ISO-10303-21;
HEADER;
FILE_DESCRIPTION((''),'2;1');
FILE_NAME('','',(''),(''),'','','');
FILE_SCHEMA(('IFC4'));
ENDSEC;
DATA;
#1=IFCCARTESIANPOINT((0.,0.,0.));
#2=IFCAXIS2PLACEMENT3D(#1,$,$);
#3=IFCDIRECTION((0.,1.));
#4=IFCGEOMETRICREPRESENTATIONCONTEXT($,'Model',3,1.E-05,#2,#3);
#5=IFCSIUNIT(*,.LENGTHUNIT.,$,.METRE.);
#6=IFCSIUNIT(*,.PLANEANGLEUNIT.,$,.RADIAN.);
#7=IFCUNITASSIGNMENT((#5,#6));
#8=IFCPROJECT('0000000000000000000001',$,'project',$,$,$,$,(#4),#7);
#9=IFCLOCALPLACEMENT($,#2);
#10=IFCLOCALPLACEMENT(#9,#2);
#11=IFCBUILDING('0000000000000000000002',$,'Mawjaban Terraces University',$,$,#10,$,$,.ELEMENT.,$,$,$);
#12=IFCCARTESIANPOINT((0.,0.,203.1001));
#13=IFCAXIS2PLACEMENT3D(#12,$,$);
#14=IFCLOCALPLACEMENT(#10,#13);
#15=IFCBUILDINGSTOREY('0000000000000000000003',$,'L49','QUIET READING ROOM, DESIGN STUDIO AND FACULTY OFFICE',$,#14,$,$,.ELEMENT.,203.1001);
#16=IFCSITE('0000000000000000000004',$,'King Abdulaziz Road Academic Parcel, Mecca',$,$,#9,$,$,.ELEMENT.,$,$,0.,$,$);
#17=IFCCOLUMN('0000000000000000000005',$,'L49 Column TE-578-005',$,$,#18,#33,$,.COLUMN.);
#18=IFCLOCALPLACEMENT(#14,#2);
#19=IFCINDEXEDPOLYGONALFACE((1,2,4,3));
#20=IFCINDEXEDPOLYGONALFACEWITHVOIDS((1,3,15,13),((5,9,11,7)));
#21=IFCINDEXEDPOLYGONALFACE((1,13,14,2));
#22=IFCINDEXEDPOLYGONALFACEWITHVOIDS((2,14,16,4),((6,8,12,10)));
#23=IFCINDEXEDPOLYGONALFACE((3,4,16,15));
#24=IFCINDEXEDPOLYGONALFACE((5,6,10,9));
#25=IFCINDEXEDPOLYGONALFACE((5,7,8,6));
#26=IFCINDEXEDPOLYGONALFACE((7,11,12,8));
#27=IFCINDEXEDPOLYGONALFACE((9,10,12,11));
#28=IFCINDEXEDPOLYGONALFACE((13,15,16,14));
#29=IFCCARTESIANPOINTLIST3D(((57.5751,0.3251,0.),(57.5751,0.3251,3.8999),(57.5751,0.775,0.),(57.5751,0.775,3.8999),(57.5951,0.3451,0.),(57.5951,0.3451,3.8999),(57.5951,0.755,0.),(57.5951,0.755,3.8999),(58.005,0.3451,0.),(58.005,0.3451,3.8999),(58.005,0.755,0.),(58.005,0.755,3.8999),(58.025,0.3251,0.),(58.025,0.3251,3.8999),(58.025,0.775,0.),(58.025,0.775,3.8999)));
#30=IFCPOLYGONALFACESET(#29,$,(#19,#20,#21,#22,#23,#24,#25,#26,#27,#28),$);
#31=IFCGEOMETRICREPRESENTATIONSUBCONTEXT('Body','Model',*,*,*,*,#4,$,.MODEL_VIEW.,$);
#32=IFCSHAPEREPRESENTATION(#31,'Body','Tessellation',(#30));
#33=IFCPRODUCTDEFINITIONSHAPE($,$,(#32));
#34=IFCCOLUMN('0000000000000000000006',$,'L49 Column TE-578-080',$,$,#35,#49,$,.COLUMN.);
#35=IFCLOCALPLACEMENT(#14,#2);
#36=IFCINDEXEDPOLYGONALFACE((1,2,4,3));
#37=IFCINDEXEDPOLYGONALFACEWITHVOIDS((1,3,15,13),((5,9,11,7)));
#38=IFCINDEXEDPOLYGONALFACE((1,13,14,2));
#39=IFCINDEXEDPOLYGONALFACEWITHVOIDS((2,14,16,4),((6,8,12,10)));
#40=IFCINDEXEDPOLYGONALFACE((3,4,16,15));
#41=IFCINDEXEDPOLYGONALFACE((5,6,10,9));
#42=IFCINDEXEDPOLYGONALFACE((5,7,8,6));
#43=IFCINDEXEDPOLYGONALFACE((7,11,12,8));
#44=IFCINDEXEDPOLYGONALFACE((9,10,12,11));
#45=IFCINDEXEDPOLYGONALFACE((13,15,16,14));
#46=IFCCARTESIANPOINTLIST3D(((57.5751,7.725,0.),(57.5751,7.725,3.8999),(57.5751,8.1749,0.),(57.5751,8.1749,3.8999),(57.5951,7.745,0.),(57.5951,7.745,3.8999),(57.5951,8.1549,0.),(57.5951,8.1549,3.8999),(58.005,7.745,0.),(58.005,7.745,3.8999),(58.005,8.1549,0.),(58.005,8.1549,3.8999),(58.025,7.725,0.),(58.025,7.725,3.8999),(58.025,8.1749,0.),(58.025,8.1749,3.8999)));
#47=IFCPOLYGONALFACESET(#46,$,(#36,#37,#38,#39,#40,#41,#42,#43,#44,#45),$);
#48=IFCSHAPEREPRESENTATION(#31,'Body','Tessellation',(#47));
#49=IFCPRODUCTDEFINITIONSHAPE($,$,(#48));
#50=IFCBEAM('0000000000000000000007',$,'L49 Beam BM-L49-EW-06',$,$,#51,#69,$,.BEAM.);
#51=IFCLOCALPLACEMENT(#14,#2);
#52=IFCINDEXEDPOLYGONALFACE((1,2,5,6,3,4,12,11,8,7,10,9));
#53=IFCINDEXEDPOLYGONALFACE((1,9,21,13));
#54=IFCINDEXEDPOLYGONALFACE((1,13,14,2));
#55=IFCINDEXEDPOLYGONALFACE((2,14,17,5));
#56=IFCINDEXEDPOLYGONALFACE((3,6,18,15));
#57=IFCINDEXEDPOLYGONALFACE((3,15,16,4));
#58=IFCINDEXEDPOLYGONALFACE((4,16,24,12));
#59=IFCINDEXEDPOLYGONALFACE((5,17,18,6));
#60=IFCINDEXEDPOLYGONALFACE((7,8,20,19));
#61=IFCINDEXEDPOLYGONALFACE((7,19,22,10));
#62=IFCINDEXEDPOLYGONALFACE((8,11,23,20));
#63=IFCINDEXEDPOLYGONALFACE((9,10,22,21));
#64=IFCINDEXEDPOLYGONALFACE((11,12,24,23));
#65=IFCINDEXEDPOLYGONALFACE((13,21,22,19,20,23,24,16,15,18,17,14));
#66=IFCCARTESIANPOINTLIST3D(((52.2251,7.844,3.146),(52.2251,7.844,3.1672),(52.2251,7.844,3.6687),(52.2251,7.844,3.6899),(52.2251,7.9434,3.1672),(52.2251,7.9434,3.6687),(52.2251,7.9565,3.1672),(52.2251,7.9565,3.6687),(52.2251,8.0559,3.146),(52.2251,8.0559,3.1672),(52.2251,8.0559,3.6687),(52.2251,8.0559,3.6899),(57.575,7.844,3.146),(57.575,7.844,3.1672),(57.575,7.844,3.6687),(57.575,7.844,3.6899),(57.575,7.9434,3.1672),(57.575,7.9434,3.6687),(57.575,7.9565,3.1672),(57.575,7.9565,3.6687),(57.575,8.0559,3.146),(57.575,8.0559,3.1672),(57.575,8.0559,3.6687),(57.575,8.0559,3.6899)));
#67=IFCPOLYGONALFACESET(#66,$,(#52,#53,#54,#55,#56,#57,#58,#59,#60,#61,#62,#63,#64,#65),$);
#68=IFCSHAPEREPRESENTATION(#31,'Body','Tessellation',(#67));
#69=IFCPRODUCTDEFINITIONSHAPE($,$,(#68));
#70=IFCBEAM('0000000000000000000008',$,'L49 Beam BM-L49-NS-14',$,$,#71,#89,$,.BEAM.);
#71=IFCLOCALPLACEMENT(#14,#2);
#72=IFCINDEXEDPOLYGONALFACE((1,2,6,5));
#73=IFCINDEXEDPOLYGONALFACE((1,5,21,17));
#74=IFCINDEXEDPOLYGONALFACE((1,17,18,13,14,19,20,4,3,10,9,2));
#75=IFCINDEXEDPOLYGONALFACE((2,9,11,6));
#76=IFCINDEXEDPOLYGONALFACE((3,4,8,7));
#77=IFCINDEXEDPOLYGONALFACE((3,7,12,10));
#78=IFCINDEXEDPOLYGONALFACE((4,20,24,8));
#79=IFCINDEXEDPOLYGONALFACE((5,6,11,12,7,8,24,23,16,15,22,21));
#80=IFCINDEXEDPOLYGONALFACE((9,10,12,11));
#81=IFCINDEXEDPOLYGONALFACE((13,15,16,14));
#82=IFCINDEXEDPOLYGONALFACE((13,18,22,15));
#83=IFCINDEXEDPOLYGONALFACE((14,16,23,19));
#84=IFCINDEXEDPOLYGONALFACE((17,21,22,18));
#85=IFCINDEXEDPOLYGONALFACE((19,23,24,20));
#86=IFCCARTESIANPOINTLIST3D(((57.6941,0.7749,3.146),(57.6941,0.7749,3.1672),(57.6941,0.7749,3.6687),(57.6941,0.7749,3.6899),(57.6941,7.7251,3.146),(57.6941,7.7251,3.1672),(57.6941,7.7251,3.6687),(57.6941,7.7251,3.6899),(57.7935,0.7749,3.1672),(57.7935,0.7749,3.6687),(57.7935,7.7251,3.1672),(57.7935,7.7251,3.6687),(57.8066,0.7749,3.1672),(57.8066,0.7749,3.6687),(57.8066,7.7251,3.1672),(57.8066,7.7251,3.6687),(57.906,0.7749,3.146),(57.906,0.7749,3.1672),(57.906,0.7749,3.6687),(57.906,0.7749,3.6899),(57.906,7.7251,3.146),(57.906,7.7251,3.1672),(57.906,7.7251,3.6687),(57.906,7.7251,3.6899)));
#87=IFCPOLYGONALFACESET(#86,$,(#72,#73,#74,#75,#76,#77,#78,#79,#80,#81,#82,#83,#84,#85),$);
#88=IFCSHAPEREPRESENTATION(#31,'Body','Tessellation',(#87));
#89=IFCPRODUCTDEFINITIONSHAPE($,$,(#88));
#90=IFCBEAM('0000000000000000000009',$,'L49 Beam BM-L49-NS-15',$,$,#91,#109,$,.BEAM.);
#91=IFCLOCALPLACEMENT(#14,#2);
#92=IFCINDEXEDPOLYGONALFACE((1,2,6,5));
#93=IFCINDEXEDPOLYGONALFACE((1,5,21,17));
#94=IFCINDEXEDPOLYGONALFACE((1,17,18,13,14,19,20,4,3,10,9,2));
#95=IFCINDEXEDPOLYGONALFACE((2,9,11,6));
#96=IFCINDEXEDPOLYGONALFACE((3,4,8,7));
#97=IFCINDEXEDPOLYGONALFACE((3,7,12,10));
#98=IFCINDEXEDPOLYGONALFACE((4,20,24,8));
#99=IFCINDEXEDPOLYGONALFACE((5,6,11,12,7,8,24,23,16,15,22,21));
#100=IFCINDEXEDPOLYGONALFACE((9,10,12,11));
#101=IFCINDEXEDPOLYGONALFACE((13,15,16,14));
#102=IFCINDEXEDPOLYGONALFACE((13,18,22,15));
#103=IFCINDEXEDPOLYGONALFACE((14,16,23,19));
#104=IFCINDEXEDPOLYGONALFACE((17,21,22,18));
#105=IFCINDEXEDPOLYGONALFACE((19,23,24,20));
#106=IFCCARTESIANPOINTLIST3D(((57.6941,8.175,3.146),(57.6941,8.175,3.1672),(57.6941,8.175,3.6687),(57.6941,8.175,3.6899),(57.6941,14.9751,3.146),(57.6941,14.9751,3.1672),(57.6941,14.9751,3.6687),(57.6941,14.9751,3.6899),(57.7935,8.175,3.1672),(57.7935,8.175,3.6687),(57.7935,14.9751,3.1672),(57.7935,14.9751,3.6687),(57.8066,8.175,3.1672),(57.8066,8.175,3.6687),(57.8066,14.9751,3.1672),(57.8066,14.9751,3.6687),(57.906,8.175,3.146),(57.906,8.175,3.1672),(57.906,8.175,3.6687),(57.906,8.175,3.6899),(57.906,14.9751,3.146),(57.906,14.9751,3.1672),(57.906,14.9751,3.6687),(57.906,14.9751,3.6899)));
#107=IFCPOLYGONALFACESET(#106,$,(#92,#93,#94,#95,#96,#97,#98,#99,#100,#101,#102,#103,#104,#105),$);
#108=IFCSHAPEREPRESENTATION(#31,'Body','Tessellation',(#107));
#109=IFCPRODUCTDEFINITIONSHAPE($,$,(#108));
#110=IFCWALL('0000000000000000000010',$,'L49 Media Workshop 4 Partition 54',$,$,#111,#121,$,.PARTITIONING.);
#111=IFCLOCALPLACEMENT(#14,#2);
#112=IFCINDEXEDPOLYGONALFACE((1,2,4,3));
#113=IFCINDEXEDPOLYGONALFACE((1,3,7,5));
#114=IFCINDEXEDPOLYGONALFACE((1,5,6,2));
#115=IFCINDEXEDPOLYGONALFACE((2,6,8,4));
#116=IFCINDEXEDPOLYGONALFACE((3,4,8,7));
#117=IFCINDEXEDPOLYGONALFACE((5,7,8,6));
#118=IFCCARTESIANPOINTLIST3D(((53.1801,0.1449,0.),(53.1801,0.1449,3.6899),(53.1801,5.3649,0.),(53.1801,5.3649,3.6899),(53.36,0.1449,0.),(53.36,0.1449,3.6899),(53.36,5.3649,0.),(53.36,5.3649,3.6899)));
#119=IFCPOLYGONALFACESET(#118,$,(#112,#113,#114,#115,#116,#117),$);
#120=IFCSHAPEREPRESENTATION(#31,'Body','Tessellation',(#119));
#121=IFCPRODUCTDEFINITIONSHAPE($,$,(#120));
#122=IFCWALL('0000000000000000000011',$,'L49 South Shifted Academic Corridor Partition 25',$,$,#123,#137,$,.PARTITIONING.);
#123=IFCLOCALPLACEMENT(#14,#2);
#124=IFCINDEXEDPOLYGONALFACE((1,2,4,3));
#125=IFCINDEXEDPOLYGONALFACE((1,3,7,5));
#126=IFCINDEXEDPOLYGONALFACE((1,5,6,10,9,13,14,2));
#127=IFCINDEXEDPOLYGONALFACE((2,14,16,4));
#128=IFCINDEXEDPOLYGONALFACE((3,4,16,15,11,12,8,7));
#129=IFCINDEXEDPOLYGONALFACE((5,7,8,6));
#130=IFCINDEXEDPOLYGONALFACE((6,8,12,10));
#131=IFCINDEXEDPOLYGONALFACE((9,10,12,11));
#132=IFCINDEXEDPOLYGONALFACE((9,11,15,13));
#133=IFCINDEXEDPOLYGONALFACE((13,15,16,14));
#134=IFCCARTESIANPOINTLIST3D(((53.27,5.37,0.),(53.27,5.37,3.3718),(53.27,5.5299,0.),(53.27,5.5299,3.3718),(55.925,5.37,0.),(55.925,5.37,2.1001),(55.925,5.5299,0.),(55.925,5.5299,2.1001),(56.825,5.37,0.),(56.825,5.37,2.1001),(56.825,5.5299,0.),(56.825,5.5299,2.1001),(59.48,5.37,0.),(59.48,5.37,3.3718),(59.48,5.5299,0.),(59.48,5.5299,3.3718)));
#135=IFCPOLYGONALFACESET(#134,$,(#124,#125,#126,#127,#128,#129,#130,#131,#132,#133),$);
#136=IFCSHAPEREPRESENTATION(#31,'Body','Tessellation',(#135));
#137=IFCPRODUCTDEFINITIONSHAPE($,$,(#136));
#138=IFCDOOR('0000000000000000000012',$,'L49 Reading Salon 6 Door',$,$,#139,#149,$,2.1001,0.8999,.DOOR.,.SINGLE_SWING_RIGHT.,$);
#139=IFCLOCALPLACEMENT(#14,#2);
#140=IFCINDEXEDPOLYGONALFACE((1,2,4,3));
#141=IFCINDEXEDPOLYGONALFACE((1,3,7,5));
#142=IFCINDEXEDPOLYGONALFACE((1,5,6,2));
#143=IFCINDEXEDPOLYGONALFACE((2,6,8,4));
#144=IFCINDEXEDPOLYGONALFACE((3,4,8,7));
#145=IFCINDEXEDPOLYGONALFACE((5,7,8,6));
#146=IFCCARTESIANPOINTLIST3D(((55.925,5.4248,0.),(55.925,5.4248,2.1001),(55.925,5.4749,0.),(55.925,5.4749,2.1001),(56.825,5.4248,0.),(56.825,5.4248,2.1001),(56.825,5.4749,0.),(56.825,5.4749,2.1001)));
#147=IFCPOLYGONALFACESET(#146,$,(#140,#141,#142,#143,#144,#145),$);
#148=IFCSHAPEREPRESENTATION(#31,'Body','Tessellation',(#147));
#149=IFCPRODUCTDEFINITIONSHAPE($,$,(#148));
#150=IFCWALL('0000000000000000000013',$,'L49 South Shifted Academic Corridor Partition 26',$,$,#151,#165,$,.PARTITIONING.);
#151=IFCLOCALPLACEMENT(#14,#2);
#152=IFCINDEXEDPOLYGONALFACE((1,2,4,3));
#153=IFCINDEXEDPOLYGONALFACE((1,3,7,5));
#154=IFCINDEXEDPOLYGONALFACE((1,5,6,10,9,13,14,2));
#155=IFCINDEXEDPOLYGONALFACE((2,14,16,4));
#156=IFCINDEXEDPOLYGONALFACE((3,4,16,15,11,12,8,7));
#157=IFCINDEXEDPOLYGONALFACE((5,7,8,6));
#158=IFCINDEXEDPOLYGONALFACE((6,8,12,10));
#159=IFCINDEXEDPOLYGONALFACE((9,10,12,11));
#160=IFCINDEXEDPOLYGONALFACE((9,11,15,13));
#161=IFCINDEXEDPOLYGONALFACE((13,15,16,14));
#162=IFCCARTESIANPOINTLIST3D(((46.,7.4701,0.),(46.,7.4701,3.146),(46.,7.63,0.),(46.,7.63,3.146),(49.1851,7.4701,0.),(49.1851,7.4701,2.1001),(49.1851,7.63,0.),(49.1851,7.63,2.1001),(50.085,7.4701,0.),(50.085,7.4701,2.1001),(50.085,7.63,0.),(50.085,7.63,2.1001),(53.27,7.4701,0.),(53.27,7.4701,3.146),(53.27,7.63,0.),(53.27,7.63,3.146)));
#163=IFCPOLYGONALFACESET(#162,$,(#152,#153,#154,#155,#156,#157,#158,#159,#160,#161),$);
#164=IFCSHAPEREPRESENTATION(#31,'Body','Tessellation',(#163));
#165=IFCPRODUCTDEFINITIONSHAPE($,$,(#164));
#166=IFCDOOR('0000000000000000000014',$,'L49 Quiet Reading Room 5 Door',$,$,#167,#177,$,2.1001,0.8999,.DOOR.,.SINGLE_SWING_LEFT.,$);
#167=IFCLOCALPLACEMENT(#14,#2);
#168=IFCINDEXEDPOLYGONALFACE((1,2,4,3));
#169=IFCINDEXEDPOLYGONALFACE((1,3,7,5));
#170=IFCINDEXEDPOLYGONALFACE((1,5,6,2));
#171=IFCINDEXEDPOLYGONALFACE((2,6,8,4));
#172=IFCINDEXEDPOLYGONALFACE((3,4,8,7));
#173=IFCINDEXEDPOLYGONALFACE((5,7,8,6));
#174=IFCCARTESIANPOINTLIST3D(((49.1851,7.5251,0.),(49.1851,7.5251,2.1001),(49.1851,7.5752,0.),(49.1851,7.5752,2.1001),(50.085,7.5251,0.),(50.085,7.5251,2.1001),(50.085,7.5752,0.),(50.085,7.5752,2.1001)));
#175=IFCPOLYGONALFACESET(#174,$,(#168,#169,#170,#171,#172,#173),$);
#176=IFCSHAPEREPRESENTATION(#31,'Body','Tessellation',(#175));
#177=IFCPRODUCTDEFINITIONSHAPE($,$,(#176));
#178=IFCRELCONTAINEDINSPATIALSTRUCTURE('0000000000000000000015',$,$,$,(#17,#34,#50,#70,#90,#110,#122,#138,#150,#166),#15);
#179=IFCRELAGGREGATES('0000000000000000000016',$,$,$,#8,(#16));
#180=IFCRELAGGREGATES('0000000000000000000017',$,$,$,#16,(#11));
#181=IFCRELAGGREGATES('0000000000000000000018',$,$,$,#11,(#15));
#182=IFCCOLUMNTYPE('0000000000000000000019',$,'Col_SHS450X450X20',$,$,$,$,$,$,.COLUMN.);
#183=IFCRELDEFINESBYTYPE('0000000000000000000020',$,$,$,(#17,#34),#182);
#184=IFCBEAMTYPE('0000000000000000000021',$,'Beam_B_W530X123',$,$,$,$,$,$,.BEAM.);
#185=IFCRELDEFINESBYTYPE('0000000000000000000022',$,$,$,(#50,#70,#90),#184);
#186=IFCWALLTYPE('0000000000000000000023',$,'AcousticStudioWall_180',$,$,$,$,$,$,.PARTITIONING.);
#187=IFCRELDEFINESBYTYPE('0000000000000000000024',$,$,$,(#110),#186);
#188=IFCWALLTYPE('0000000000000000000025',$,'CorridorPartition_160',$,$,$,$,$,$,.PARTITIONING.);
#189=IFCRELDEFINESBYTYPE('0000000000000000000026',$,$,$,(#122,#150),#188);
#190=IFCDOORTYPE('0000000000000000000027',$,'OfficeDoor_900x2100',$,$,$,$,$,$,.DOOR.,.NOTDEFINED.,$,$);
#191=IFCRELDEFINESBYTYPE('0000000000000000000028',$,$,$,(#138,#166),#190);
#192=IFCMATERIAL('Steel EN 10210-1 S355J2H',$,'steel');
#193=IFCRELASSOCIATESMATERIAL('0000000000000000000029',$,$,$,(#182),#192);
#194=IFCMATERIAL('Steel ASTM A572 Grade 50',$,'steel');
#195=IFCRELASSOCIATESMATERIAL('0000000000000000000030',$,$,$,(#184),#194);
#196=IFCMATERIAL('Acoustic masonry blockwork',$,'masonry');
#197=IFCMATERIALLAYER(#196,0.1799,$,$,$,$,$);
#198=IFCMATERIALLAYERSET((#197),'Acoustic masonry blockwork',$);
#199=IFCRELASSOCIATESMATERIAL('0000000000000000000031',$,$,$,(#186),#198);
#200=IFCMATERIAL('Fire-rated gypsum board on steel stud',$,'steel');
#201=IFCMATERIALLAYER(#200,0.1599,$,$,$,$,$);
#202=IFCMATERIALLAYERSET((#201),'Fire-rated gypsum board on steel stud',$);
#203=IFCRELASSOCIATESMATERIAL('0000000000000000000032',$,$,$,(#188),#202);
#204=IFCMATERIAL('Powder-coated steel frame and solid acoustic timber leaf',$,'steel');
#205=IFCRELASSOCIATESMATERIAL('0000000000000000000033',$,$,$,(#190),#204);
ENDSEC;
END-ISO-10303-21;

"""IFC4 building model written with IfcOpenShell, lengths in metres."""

from ifc_helpers import new_model, si_unit, direction, frame, frame_2d, origin, origin_2d, place, context, subcontext, project, spatial, rectangle, hollow_rectangle, i_section, extrude, material, layer, layer_set, material_profile, profile_set, type_object, element, fill, save


model = new_model("IFC4")

# Units and contexts
model_context = context("Model", 3, precision=1e-05, world=origin(), true_north=direction((0.0, 1.0)))
body_context = subcontext(model_context, "Body", "Model", "MODEL_VIEW")
ifc_project = project(units=[si_unit("LENGTHUNIT", "METRE"), si_unit("PLANEANGLEUNIT", "RADIAN")], contexts=[model_context])

# Site, building, storey
site_placement = place(None, origin())
site = spatial("IfcSite", under=ifc_project, at=site_placement, Name="King Abdulaziz Road Academic Parcel, Mecca", CompositionType="ELEMENT", RefElevation=0.0)
building_placement = place(site_placement, origin())
building = spatial("IfcBuilding", under=site, at=building_placement, Name="Mawjaban Terraces University", CompositionType="ELEMENT")
storey_placement = place(building_placement, frame((0.0, 0.0, 203.1001)))
storey = spatial("IfcBuildingStorey", under=building, at=storey_placement, Name="L49", Description="QUIET READING ROOM, DESIGN STUDIO AND FACULTY OFFICE", CompositionType="ELEMENT", Elevation=203.1001)

# Columns
ifc_material_1 = material(Name="Steel EN 10210-1 S355J2H", Category="steel")
ifc_material_profile_1 = material_profile(ifc_material_1, hollow_rectangle(XDim=0.45, YDim=0.45, WallThickness=0.02, at=origin_2d()), Name="SHS450X450X20")
ifc_profile_set_1 = profile_set([ifc_material_profile_1], Name="Steel EN 10210-1 S355J2H")
column_type = type_object("IfcColumnType", Name="Col_SHS450X450X20", PredefinedType="COLUMN", material=ifc_profile_set_1)
for number, where, z_axis, x_axis, name in (
    (1, (57.8, 0.55, 0.0), (0.0, 0.0, 1.0), (1.0, 0.0, 0.0), "L49 Column TE-578-005"),
    (2, (57.8, 7.95, 0.0), (0.0, 0.0, 1.0), (1.0, 0.0, 0.0), "L49 Column TE-578-080"),
):
    element("IfcColumn", number, at=place(storey_placement, frame(where, z_axis=z_axis, x_axis=x_axis)), inside=storey, type_object=column_type, Name=name, PredefinedType="COLUMN", context=body_context, shape_type="SweptSolid", body=[
        extrude(hollow_rectangle(XDim=0.45, YDim=0.45, WallThickness=0.02, at=origin_2d()), origin(), (0.0, 0.0, 1.0), 3.8999),
    ])

# Beams
ifc_material_2 = material(Name="Steel ASTM A572 Grade 50", Category="steel")
ifc_material_profile_2 = material_profile(ifc_material_2, i_section(OverallWidth=0.2119, OverallDepth=0.5439, WebThickness=0.0132, FlangeThickness=0.0212, at=origin_2d()), Name="W530X123")
ifc_profile_set_2 = profile_set([ifc_material_profile_2], Name="Steel ASTM A572 Grade 50")
beam_type = type_object("IfcBeamType", Name="Beam_B_W530X123", PredefinedType="BEAM", material=ifc_profile_set_2)
beam_1_placement = place(storey_placement, frame((52.2251, 7.95, 3.418), z_axis=(1.0, 0.0, 0.0), x_axis=(0.0, 1.0, 0.0)))
element("IfcBeam", 3, at=beam_1_placement, inside=storey, type_object=beam_type, Name="L49 Beam BM-L49-EW-06", PredefinedType="BEAM", context=body_context, shape_type="SweptSolid", body=[
    extrude(i_section(OverallWidth=0.2119, OverallDepth=0.5439, WebThickness=0.0132, FlangeThickness=0.0212, at=origin_2d()), origin(), (0.0, 0.0, 1.0), 5.3499),
])
beam_2_placement = place(storey_placement, frame((57.8, 0.7749, 3.418), z_axis=(0.0, 1.0, 0.0), x_axis=(-1.0, 0.0, 0.0)))
element("IfcBeam", 4, at=beam_2_placement, inside=storey, type_object=beam_type, Name="L49 Beam BM-L49-NS-14", PredefinedType="BEAM", context=body_context, shape_type="SweptSolid", body=[
    extrude(i_section(OverallWidth=0.2119, OverallDepth=0.5439, WebThickness=0.0132, FlangeThickness=0.0212, at=origin_2d()), origin(), (0.0, 0.0, 1.0), 6.9502),
])
beam_3_placement = place(storey_placement, frame((57.8, 8.175, 3.418), z_axis=(0.0, 1.0, 0.0), x_axis=(-1.0, 0.0, 0.0)))
element("IfcBeam", 5, at=beam_3_placement, inside=storey, type_object=beam_type, Name="L49 Beam BM-L49-NS-15", PredefinedType="BEAM", context=body_context, shape_type="SweptSolid", body=[
    extrude(i_section(OverallWidth=0.2119, OverallDepth=0.5439, WebThickness=0.0132, FlangeThickness=0.0212, at=origin_2d()), origin(), (0.0, 0.0, 1.0), 6.8),
])

# Wall
ifc_material_3 = material(Name="Acoustic masonry blockwork", Category="masonry")
ifc_layer_1 = layer(ifc_material_3, 0.1799)
ifc_layer_set_1 = layer_set([ifc_layer_1], Name="Acoustic masonry blockwork")
wall_type_1 = type_object("IfcWallType", Name="AcousticStudioWall_180", PredefinedType="PARTITIONING", material=ifc_layer_set_1)
wall_1_placement = place(storey_placement, frame((53.27, 0.145, 0.0), z_axis=(0.0, 0.0, 1.0), x_axis=(0.0, 1.0, 0.0)))
element("IfcWall", 6, at=wall_1_placement, inside=storey, type_object=wall_type_1, Name="L49 Media Workshop 4 Partition 54", PredefinedType="PARTITIONING", context=body_context, shape_type="SweptSolid", body=[
    extrude(rectangle(XDim=5.22, YDim=0.1799, at=frame_2d((2.6099, 0.0))), origin(), (0.0, 0.0, 1.0), 3.6899),
])

# Walls, openings, doors
ifc_material_4 = material(Name="Fire-rated gypsum board on steel stud", Category="steel")
ifc_layer_2 = layer(ifc_material_4, 0.1599)
ifc_layer_set_2 = layer_set([ifc_layer_2], Name="Fire-rated gypsum board on steel stud")
wall_type_2 = type_object("IfcWallType", Name="CorridorPartition_160", PredefinedType="PARTITIONING", material=ifc_layer_set_2)
wall_2_placement = place(storey_placement, frame((53.27, 5.45, 0.0), z_axis=(0.0, 0.0, 1.0), x_axis=(1.0, 0.0, 0.0)))
wall_2 = element("IfcWall", 7, at=wall_2_placement, inside=storey, type_object=wall_type_2, Name="L49 South Shifted Academic Corridor Partition 25", PredefinedType="PARTITIONING", context=body_context, shape_type="SweptSolid", body=[
    extrude(rectangle(XDim=6.21, YDim=0.1599, at=frame_2d((3.105, 0.0))), origin(), (0.0, 0.0, 1.0), 3.3718),
])
opening_1_placement = place(wall_2_placement, frame((2.655, 0.0, 0.0)))
opening_1 = element("IfcOpeningElement", 8, at=opening_1_placement, cuts=wall_2, PredefinedType="OPENING", context=body_context, shape_type="SweptSolid", body=[
    extrude(rectangle(XDim=0.8999, YDim=2.1001, at=frame_2d((0.45, 1.05))), frame((0.0, 0.0898, 0.0), z_axis=(0.0, -1.0, 0.0), x_axis=(1.0, 0.0, 0.0)), (0.0, 0.0, 1.0), 0.1799),
])
ifc_material_5 = material(Name="Powder-coated steel frame and solid acoustic timber leaf", Category="steel")
door_type_1 = type_object("IfcDoorType", Name="OfficeDoor_900x2100", OperationType="NOTDEFINED", PredefinedType="DOOR", material=ifc_material_5)
door_1_placement = place(opening_1_placement, origin())
door_1 = element("IfcDoor", 9, at=door_1_placement, inside=storey, type_object=door_type_1, Name="L49 Reading Salon 6 Door", OperationType="SINGLE_SWING_RIGHT", OverallHeight=2.1001, OverallWidth=0.8999, PredefinedType="DOOR", context=body_context, shape_type="SweptSolid", body=[
    extrude(rectangle(XDim=0.8999, YDim=2.1001, at=frame_2d((0.45, 1.05))), frame((0.0, 0.0249, 0.0), z_axis=(0.0, -1.0, 0.0), x_axis=(1.0, 0.0, 0.0)), (0.0, 0.0, 1.0), 0.05),
])
fill(opening_1, door_1)
wall_3_placement = place(storey_placement, frame((53.27, 7.55, 0.0), z_axis=(0.0, 0.0, 1.0), x_axis=(-1.0, 0.0, 0.0)))
wall_3 = element("IfcWall", 10, at=wall_3_placement, inside=storey, type_object=wall_type_2, Name="L49 South Shifted Academic Corridor Partition 26", PredefinedType="PARTITIONING", context=body_context, shape_type="SweptSolid", body=[
    extrude(rectangle(XDim=7.27, YDim=0.1599, at=frame_2d((3.635, 0.0))), origin(), (0.0, 0.0, 1.0), 3.146),
])
opening_2_placement = place(wall_3_placement, frame((3.1851, 0.0, 0.0)))
opening_2 = element("IfcOpeningElement", 11, at=opening_2_placement, cuts=wall_3, PredefinedType="OPENING", context=body_context, shape_type="SweptSolid", body=[
    extrude(rectangle(XDim=0.8999, YDim=2.1001, at=frame_2d((0.45, 1.05))), frame((0.0, 0.0898, 0.0), z_axis=(0.0, -1.0, 0.0), x_axis=(1.0, 0.0, 0.0)), (0.0, 0.0, 1.0), 0.1799),
])
door_2_placement = place(opening_2_placement, origin())
door_2 = element("IfcDoor", 12, at=door_2_placement, inside=storey, type_object=door_type_1, Name="L49 Quiet Reading Room 5 Door", OperationType="SINGLE_SWING_LEFT", OverallHeight=2.1001, OverallWidth=0.8999, PredefinedType="DOOR", context=body_context, shape_type="SweptSolid", body=[
    extrude(rectangle(XDim=0.8999, YDim=2.1001, at=frame_2d((0.45, 1.05))), frame((0.0, 0.0249, 0.0), z_axis=(0.0, -1.0, 0.0), x_axis=(1.0, 0.0, 0.0)), (0.0, 0.0, 1.0), 0.05),
])
fill(opening_2, door_2)

save(model, "model.ifc")
